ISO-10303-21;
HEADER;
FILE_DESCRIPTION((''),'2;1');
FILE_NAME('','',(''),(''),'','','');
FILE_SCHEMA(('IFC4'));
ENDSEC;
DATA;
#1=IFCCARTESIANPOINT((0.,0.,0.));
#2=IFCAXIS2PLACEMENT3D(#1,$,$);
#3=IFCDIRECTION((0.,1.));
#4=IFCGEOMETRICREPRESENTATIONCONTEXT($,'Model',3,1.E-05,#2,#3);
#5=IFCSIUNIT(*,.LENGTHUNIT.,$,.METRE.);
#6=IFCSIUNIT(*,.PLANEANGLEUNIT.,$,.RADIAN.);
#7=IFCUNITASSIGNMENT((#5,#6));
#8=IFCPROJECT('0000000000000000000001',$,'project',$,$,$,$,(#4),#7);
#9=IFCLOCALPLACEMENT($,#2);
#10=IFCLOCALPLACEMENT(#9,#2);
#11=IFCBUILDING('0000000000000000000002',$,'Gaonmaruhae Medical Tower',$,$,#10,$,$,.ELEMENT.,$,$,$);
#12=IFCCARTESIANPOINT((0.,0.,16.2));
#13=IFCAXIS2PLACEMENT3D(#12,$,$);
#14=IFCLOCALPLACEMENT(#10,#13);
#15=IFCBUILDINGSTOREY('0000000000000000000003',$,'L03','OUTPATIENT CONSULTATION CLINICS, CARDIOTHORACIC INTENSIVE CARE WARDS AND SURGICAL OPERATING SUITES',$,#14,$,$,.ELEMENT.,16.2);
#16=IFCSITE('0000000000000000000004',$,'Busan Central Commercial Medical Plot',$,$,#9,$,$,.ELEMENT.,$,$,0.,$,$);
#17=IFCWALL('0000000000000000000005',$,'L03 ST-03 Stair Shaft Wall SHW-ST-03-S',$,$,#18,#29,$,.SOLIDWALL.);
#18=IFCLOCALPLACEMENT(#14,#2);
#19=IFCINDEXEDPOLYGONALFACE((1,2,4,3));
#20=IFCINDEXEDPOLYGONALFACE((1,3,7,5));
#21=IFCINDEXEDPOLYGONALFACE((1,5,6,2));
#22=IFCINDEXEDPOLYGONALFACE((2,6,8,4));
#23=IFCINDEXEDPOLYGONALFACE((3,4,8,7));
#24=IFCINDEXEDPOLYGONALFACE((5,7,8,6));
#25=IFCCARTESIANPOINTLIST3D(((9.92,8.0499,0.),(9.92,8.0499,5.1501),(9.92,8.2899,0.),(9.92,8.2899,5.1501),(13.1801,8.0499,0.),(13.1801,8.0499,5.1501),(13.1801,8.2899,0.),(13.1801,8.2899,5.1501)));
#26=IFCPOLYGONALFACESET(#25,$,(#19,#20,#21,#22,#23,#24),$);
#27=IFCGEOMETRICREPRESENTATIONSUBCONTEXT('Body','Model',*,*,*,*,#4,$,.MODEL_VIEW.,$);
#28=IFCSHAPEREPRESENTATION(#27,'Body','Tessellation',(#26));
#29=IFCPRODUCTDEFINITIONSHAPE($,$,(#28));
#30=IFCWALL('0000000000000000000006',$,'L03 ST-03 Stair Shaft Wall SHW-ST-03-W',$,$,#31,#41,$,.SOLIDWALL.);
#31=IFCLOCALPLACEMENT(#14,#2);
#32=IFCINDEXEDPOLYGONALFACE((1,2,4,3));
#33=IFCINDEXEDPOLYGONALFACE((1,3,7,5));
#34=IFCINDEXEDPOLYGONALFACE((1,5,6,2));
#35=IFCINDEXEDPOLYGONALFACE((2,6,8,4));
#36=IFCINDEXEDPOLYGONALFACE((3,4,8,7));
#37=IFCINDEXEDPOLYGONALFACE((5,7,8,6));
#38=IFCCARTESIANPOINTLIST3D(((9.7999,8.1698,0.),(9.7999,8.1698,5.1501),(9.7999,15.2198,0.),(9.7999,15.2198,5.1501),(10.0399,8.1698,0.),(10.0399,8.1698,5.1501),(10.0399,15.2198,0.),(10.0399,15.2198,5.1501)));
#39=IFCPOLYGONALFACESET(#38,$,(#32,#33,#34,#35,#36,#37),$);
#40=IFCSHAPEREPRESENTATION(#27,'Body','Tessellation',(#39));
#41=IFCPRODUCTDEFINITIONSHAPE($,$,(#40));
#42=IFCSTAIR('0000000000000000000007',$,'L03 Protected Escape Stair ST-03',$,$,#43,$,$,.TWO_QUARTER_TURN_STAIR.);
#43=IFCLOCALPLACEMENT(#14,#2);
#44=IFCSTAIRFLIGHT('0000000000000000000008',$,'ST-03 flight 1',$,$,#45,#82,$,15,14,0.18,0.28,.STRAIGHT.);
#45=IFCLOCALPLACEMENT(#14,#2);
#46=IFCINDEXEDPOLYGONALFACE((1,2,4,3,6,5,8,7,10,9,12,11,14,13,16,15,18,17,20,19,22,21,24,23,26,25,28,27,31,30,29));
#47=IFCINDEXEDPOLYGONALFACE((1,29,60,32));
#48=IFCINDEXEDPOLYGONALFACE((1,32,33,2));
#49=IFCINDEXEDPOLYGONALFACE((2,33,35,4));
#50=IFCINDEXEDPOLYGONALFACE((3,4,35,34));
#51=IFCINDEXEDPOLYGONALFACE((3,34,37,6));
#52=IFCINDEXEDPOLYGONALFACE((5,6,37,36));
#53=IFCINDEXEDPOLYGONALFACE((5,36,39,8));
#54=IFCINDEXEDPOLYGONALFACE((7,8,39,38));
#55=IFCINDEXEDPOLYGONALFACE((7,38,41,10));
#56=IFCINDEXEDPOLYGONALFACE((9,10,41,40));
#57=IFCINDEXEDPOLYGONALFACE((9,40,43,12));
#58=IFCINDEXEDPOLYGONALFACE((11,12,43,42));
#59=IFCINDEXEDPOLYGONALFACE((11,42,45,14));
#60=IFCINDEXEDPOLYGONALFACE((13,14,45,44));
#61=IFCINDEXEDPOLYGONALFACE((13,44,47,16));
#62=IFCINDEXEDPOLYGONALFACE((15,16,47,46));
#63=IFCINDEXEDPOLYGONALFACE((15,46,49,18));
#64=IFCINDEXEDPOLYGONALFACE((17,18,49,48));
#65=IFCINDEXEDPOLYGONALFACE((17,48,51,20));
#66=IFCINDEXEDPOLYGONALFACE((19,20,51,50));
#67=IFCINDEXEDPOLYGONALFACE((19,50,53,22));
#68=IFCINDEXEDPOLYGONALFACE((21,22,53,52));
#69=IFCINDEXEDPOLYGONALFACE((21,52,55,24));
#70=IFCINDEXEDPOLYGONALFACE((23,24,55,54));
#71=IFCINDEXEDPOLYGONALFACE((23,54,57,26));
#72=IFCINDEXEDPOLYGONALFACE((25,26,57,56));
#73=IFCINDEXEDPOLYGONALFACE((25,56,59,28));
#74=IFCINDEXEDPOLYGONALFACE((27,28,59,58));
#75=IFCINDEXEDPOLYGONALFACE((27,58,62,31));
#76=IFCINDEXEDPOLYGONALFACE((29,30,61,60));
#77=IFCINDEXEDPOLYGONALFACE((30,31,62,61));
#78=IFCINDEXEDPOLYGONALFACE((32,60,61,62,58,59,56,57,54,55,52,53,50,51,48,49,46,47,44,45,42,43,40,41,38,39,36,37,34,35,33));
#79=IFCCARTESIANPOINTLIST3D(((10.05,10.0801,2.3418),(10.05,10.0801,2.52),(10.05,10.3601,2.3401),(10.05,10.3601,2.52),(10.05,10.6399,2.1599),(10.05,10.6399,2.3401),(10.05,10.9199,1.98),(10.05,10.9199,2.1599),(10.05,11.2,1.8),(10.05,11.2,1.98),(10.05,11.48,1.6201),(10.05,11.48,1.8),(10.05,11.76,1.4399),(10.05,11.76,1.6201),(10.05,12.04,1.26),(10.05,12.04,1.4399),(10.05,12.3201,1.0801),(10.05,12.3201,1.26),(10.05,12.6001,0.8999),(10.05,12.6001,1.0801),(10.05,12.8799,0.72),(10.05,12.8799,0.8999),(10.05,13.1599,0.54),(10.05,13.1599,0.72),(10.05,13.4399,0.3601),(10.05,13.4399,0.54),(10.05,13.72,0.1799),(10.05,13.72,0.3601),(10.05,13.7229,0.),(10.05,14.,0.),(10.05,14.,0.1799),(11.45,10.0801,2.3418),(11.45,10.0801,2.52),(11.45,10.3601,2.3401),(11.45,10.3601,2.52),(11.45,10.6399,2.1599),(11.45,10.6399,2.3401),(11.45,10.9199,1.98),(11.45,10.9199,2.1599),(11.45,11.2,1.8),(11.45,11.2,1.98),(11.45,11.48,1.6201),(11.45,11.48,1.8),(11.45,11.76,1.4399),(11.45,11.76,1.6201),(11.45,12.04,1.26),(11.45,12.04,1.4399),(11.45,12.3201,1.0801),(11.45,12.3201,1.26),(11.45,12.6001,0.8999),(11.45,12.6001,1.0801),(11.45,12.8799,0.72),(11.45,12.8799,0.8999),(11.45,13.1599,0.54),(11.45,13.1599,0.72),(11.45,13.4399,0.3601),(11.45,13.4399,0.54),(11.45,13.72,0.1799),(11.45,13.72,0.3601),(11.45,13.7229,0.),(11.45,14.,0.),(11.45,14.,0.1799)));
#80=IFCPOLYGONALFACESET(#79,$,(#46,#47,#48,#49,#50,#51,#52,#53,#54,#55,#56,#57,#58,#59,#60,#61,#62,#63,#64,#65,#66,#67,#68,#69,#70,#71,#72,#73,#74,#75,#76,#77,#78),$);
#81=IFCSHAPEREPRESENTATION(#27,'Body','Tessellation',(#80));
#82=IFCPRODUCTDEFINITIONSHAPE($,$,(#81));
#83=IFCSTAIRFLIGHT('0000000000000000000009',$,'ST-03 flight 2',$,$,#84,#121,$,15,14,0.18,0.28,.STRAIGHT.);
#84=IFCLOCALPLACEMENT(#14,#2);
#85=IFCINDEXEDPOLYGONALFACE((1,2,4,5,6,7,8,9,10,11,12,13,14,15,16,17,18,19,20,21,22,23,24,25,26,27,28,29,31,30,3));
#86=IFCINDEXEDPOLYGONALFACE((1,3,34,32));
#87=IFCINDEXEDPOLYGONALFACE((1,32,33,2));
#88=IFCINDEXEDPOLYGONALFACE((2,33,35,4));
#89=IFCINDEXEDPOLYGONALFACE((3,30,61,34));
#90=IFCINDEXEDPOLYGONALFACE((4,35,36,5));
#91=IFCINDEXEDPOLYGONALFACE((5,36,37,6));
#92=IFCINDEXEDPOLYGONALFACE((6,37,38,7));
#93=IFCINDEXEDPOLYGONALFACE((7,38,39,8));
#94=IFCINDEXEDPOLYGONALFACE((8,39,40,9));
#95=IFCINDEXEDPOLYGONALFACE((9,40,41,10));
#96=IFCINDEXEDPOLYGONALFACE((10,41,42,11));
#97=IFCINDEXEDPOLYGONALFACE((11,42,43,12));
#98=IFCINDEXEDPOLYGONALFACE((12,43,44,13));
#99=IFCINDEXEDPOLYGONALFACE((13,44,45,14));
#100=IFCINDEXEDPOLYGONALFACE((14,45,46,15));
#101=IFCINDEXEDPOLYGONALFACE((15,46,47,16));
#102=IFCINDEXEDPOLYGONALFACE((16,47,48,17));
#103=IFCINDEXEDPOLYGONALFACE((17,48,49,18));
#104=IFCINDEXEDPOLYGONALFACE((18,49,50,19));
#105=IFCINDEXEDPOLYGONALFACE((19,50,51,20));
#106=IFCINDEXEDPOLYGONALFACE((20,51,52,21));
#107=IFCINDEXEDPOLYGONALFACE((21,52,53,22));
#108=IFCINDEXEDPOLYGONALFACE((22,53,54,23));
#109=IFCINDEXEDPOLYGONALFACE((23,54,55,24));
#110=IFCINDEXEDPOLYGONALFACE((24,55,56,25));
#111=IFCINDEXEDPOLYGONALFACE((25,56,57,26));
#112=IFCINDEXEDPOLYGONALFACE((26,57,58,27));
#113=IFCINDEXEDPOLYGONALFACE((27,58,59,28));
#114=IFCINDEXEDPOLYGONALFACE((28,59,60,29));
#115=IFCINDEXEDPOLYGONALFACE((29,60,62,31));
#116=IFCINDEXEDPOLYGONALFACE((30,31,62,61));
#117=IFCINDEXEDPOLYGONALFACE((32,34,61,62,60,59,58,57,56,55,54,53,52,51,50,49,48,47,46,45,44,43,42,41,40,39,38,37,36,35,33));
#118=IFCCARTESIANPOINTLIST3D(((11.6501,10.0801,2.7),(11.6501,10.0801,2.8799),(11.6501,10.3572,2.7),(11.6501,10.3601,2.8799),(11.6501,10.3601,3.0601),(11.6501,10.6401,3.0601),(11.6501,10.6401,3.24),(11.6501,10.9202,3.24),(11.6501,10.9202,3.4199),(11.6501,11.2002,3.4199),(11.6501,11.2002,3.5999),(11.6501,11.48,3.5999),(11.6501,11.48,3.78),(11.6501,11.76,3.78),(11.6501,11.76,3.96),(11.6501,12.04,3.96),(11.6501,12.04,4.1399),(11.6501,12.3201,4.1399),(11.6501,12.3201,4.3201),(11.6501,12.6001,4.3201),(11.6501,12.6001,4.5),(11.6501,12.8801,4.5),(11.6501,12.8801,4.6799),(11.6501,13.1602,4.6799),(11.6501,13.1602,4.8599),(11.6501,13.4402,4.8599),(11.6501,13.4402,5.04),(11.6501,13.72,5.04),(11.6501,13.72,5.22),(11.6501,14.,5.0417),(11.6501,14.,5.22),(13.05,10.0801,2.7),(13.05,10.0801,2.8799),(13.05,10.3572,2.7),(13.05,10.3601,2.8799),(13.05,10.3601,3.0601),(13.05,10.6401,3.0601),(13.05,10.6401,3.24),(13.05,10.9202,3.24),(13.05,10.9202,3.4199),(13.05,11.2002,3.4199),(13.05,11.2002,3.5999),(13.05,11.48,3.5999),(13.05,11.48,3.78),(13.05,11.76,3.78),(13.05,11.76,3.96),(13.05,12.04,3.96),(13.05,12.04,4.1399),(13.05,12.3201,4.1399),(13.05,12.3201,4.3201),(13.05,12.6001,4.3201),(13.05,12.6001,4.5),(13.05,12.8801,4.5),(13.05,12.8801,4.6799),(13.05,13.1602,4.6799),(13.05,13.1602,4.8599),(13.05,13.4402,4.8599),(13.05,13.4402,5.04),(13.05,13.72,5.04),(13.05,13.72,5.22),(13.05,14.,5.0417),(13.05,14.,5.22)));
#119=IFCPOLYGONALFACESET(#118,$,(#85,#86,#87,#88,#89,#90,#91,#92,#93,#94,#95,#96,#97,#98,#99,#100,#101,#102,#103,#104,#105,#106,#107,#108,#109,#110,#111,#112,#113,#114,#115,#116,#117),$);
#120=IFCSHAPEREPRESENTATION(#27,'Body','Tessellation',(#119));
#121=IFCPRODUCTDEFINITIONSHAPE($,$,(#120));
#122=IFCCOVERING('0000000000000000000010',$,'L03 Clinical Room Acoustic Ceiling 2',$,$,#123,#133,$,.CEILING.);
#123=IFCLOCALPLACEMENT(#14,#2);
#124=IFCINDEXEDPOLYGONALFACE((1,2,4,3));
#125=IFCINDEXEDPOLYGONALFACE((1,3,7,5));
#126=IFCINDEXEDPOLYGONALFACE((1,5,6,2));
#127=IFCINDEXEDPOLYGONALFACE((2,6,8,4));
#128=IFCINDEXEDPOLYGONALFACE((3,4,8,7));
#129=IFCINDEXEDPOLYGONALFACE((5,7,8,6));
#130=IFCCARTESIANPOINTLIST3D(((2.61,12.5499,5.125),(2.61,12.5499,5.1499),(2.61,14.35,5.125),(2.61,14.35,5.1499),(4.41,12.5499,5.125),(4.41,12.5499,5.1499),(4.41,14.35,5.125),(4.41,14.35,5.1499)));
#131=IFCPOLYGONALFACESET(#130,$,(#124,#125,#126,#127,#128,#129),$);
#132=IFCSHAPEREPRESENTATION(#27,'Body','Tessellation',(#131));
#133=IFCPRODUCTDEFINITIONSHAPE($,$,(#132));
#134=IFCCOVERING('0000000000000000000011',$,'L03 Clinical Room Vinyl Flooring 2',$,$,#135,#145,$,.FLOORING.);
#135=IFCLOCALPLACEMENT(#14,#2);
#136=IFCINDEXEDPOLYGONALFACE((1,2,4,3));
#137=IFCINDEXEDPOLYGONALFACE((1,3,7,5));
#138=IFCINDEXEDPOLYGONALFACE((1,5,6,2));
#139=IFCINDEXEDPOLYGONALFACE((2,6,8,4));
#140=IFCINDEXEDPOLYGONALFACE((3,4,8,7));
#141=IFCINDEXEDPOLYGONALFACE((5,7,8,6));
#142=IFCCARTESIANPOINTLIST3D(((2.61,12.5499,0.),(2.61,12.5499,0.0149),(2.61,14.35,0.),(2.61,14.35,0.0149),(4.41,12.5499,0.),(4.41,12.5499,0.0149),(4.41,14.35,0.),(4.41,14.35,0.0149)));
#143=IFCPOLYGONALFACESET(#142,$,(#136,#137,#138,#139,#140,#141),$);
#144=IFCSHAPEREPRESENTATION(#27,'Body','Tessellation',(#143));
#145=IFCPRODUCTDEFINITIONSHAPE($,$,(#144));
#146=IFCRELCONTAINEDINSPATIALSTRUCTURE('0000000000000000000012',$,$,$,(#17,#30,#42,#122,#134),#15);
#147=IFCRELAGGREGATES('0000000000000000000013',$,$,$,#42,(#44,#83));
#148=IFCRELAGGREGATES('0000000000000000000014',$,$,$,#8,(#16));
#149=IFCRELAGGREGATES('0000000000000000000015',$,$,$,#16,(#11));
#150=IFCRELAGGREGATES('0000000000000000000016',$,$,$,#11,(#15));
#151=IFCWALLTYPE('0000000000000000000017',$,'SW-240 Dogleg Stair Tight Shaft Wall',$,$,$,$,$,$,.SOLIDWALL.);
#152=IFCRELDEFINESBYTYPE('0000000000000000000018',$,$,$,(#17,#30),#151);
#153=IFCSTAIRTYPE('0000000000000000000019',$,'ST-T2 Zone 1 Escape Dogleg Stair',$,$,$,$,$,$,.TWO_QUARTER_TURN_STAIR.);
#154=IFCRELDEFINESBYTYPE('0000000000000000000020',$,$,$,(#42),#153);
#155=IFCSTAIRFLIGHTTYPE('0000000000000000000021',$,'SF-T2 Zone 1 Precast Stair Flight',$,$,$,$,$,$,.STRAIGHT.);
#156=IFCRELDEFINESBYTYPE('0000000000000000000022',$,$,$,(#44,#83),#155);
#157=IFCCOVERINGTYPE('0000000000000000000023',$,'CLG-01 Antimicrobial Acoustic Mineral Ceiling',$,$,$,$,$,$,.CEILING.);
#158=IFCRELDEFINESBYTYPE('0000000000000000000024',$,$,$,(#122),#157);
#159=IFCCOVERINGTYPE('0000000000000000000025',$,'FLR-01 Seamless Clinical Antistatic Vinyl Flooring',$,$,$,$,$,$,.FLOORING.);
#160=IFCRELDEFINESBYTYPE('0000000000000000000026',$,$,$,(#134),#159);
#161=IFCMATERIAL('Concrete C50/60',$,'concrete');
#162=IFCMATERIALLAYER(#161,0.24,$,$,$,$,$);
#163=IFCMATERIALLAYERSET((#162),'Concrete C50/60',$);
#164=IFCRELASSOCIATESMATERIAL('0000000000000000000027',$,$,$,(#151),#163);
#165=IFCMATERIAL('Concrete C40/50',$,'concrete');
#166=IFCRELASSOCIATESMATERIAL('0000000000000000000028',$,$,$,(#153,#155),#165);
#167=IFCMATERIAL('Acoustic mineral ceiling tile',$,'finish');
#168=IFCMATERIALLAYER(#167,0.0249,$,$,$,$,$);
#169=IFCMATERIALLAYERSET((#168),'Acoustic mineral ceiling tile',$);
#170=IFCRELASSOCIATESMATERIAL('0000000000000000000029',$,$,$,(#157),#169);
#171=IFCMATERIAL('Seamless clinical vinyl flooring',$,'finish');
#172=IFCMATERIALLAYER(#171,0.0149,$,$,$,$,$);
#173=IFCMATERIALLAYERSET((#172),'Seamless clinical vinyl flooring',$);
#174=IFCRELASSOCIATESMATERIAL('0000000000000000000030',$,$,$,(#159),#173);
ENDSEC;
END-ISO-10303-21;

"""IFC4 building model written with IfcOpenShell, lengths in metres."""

from ifc_helpers import new_model, si_unit, direction, frame, frame_2d, origin, origin_2d, place, context, subcontext, project, spatial, polyline, rectangle, outline, extrude, material, layer, layer_set, type_object, element, aggregate, save


model = new_model("IFC4")

# Units and contexts
model_context = context("Model", 3, precision=1e-05, world=origin(), true_north=direction((0.0, 1.0)))
body_context = subcontext(model_context, "Body", "Model", "MODEL_VIEW")
ifc_project = project(units=[si_unit("LENGTHUNIT", "METRE"), si_unit("PLANEANGLEUNIT", "RADIAN")], contexts=[model_context])

# Site, building, storey
site_placement = place(None, origin())
site = spatial("IfcSite", under=ifc_project, at=site_placement, Name="Busan Central Commercial Medical Plot", CompositionType="ELEMENT", RefElevation=0.0)
building_placement = place(site_placement, origin())
building = spatial("IfcBuilding", under=site, at=building_placement, Name="Gaonmaruhae Medical Tower", CompositionType="ELEMENT")
storey_placement = place(building_placement, frame((0.0, 0.0, 16.2)))
storey = spatial("IfcBuildingStorey", under=building, at=storey_placement, Name="L03", Description="OUTPATIENT CONSULTATION CLINICS, CARDIOTHORACIC INTENSIVE CARE WARDS AND SURGICAL OPERATING SUITES", CompositionType="ELEMENT", Elevation=16.2)

# Shared definitions
ifc_material_1 = material(Name="Concrete C50/60", Category="concrete")

# Shared definitions
ifc_layer_1 = layer(ifc_material_1, 0.24)
ifc_layer_set_1 = layer_set([ifc_layer_1], Name="Concrete C50/60")
wall_type_1 = type_object("IfcWallType", Name="SW-240 Dogleg Stair Tight Shaft Wall", PredefinedType="SOLIDWALL", material=ifc_layer_set_1)

# Walls
wall_1_placement = place(storey_placement, frame((13.1799, 8.1699, 0.0), z_axis=(0.0, 0.0, 1.0), x_axis=(-1.0, 0.0, 0.0)))
element("IfcWall", 1, at=wall_1_placement, inside=storey, type_object=wall_type_1, Name="L03 ST-03 Stair Shaft Wall SHW-ST-03-S", PredefinedType="SOLIDWALL", context=body_context, shape_type="SweptSolid", body=[
    extrude(rectangle(XDim=3.26, YDim=0.24, at=frame_2d((1.6299, 0.0))), origin(), (0.0, 0.0, 1.0), 5.1501),
])
wall_2_placement = place(storey_placement, frame((9.9199, 8.1699, 0.0), z_axis=(0.0, 0.0, 1.0), x_axis=(0.0, 1.0, 0.0)))
element("IfcWall", 2, at=wall_2_placement, inside=storey, type_object=wall_type_1, Name="L03 ST-03 Stair Shaft Wall SHW-ST-03-W", PredefinedType="SOLIDWALL", context=body_context, shape_type="SweptSolid", body=[
    extrude(rectangle(XDim=7.05, YDim=0.24, at=frame_2d((3.5249, 0.0))), origin(), (0.0, 0.0, 1.0), 5.1501),
])

# Stair, stair flights
ifc_material_2 = material(Name="Concrete C40/50", Category="concrete")
stair_type = type_object("IfcStairType", Name="ST-T2 Zone 1 Escape Dogleg Stair", PredefinedType="TWO_QUARTER_TURN_STAIR", material=ifc_material_2)
stair_placement = place(storey_placement, origin())
stair = element("IfcStair", 3, at=stair_placement, inside=storey, type_object=stair_type, Name="L03 Protected Escape Stair ST-03", PredefinedType="TWO_QUARTER_TURN_STAIR")
stair_flight_type = type_object("IfcStairFlightType", Name="SF-T2 Zone 1 Precast Stair Flight", PredefinedType="STRAIGHT", material=ifc_material_2)
stair_flight_1_placement = place(storey_placement, frame((10.75, 14.0, 0.0), z_axis=(0.0, 0.0, 1.0), x_axis=(0.0, -1.0, 0.0)))
stair_flight_1 = element("IfcStairFlight", 4, at=stair_flight_1_placement, type_object=stair_flight_type, Name="ST-03 flight 1", NumberOfRisers=15, NumberOfTreads=14, PredefinedType="STRAIGHT", RiserHeight=0.18, TreadLength=0.28, context=body_context, shape_type="SweptSolid", body=[
    extrude(outline(polyline([(0.0, 0.0), (0.0, 0.1799), (0.28, 0.1799), (0.28, 0.3601), (0.5601, 0.3601), (0.5601, 0.54), (0.8401, 0.54), (0.8401, 0.72), (1.1201, 0.72), (1.1201, 0.8999), (1.3999, 0.8999), (1.3999, 1.0801), (1.6799, 1.0801), (1.6799, 1.26), (1.96, 1.26), (1.96, 1.4399), (2.24, 1.4399), (2.24, 1.6201), (2.52, 1.6201), (2.52, 1.8), (2.8, 1.8), (2.8, 1.98), (3.0801, 1.98), (3.0801, 2.1599), (3.3601, 2.1599), (3.3601, 2.3401), (3.6399, 2.3401), (3.6399, 2.52), (3.9199, 2.52), (3.9199, 2.7), (3.9199, 2.3418), (0.2771, 0.0), (0.0, 0.0)])), frame((0.0, 0.7, 0.0), z_axis=(0.0, -1.0, 0.0), x_axis=(1.0, 0.0, 0.0)), (0.0, 0.0, 1.0), 1.3999),
])
stair_flight_2_placement = place(storey_placement, frame((12.3501, 10.0801, 2.7), z_axis=(0.0, 0.0, 1.0), x_axis=(0.0, 1.0, 0.0)))
stair_flight_2 = element("IfcStairFlight", 5, at=stair_flight_2_placement, type_object=stair_flight_type, Name="ST-03 flight 2", NumberOfRisers=15, NumberOfTreads=14, PredefinedType="STRAIGHT", RiserHeight=0.18, TreadLength=0.28, context=body_context, shape_type="SweptSolid", body=[
    extrude(outline(polyline([(0.0, 0.0), (0.0, 0.1799), (0.28, 0.1799), (0.28, 0.3601), (0.5601, 0.3601), (0.5601, 0.54), (0.8401, 0.54), (0.8401, 0.72), (1.1201, 0.72), (1.1201, 0.8999), (1.3999, 0.8999), (1.3999, 1.0801), (1.6799, 1.0801), (1.6799, 1.26), (1.96, 1.26), (1.96, 1.4399), (2.24, 1.4399), (2.24, 1.6201), (2.52, 1.6201), (2.52, 1.8), (2.8, 1.8), (2.8, 1.98), (3.0801, 1.98), (3.0801, 2.1599), (3.3601, 2.1599), (3.3601, 2.3401), (3.6399, 2.3401), (3.6399, 2.52), (3.9199, 2.52), (3.9199, 2.7), (3.9199, 2.3418), (0.2771, 0.0), (0.0, 0.0)])), frame((0.0, 0.7, 0.0), z_axis=(0.0, -1.0, 0.0), x_axis=(1.0, 0.0, 0.0)), (0.0, 0.0, 1.0), 1.3999),
])
aggregate(stair, [stair_flight_1, stair_flight_2])

# Coverings
ifc_material_3 = material(Name="Acoustic mineral ceiling tile", Category="finish")
ifc_layer_2 = layer(ifc_material_3, 0.0249)
ifc_layer_set_2 = layer_set([ifc_layer_2], Name="Acoustic mineral ceiling tile")
covering_type_1 = type_object("IfcCoveringType", Name="CLG-01 Antimicrobial Acoustic Mineral Ceiling", PredefinedType="CEILING", material=ifc_layer_set_2)
covering_1_placement = place(storey_placement, frame((3.51, 13.45, 5.125), z_axis=(0.0, 0.0, 1.0), x_axis=(1.0, 0.0, 0.0)))
element("IfcCovering", 6, at=covering_1_placement, inside=storey, type_object=covering_type_1, Name="L03 Clinical Room Acoustic Ceiling 2", PredefinedType="CEILING", context=body_context, shape_type="SweptSolid", body=[
    extrude(rectangle(XDim=1.8, YDim=1.8, at=origin_2d()), origin(), (0.0, 0.0, 1.0), 0.0249),
])
ifc_material_4 = material(Name="Seamless clinical vinyl flooring", Category="finish")
ifc_layer_3 = layer(ifc_material_4, 0.0149)
ifc_layer_set_3 = layer_set([ifc_layer_3], Name="Seamless clinical vinyl flooring")
covering_type_2 = type_object("IfcCoveringType", Name="FLR-01 Seamless Clinical Antistatic Vinyl Flooring", PredefinedType="FLOORING", material=ifc_layer_set_3)
covering_2_placement = place(storey_placement, frame((3.51, 13.45, 0.0), z_axis=(0.0, 0.0, 1.0), x_axis=(1.0, 0.0, 0.0)))
element("IfcCovering", 7, at=covering_2_placement, inside=storey, type_object=covering_type_2, Name="L03 Clinical Room Vinyl Flooring 2", PredefinedType="FLOORING", context=body_context, shape_type="SweptSolid", body=[
    extrude(rectangle(XDim=1.8, YDim=1.8, at=origin_2d()), origin(), (0.0, 0.0, 1.0), 0.0149),
])

save(model, "model.ifc")
